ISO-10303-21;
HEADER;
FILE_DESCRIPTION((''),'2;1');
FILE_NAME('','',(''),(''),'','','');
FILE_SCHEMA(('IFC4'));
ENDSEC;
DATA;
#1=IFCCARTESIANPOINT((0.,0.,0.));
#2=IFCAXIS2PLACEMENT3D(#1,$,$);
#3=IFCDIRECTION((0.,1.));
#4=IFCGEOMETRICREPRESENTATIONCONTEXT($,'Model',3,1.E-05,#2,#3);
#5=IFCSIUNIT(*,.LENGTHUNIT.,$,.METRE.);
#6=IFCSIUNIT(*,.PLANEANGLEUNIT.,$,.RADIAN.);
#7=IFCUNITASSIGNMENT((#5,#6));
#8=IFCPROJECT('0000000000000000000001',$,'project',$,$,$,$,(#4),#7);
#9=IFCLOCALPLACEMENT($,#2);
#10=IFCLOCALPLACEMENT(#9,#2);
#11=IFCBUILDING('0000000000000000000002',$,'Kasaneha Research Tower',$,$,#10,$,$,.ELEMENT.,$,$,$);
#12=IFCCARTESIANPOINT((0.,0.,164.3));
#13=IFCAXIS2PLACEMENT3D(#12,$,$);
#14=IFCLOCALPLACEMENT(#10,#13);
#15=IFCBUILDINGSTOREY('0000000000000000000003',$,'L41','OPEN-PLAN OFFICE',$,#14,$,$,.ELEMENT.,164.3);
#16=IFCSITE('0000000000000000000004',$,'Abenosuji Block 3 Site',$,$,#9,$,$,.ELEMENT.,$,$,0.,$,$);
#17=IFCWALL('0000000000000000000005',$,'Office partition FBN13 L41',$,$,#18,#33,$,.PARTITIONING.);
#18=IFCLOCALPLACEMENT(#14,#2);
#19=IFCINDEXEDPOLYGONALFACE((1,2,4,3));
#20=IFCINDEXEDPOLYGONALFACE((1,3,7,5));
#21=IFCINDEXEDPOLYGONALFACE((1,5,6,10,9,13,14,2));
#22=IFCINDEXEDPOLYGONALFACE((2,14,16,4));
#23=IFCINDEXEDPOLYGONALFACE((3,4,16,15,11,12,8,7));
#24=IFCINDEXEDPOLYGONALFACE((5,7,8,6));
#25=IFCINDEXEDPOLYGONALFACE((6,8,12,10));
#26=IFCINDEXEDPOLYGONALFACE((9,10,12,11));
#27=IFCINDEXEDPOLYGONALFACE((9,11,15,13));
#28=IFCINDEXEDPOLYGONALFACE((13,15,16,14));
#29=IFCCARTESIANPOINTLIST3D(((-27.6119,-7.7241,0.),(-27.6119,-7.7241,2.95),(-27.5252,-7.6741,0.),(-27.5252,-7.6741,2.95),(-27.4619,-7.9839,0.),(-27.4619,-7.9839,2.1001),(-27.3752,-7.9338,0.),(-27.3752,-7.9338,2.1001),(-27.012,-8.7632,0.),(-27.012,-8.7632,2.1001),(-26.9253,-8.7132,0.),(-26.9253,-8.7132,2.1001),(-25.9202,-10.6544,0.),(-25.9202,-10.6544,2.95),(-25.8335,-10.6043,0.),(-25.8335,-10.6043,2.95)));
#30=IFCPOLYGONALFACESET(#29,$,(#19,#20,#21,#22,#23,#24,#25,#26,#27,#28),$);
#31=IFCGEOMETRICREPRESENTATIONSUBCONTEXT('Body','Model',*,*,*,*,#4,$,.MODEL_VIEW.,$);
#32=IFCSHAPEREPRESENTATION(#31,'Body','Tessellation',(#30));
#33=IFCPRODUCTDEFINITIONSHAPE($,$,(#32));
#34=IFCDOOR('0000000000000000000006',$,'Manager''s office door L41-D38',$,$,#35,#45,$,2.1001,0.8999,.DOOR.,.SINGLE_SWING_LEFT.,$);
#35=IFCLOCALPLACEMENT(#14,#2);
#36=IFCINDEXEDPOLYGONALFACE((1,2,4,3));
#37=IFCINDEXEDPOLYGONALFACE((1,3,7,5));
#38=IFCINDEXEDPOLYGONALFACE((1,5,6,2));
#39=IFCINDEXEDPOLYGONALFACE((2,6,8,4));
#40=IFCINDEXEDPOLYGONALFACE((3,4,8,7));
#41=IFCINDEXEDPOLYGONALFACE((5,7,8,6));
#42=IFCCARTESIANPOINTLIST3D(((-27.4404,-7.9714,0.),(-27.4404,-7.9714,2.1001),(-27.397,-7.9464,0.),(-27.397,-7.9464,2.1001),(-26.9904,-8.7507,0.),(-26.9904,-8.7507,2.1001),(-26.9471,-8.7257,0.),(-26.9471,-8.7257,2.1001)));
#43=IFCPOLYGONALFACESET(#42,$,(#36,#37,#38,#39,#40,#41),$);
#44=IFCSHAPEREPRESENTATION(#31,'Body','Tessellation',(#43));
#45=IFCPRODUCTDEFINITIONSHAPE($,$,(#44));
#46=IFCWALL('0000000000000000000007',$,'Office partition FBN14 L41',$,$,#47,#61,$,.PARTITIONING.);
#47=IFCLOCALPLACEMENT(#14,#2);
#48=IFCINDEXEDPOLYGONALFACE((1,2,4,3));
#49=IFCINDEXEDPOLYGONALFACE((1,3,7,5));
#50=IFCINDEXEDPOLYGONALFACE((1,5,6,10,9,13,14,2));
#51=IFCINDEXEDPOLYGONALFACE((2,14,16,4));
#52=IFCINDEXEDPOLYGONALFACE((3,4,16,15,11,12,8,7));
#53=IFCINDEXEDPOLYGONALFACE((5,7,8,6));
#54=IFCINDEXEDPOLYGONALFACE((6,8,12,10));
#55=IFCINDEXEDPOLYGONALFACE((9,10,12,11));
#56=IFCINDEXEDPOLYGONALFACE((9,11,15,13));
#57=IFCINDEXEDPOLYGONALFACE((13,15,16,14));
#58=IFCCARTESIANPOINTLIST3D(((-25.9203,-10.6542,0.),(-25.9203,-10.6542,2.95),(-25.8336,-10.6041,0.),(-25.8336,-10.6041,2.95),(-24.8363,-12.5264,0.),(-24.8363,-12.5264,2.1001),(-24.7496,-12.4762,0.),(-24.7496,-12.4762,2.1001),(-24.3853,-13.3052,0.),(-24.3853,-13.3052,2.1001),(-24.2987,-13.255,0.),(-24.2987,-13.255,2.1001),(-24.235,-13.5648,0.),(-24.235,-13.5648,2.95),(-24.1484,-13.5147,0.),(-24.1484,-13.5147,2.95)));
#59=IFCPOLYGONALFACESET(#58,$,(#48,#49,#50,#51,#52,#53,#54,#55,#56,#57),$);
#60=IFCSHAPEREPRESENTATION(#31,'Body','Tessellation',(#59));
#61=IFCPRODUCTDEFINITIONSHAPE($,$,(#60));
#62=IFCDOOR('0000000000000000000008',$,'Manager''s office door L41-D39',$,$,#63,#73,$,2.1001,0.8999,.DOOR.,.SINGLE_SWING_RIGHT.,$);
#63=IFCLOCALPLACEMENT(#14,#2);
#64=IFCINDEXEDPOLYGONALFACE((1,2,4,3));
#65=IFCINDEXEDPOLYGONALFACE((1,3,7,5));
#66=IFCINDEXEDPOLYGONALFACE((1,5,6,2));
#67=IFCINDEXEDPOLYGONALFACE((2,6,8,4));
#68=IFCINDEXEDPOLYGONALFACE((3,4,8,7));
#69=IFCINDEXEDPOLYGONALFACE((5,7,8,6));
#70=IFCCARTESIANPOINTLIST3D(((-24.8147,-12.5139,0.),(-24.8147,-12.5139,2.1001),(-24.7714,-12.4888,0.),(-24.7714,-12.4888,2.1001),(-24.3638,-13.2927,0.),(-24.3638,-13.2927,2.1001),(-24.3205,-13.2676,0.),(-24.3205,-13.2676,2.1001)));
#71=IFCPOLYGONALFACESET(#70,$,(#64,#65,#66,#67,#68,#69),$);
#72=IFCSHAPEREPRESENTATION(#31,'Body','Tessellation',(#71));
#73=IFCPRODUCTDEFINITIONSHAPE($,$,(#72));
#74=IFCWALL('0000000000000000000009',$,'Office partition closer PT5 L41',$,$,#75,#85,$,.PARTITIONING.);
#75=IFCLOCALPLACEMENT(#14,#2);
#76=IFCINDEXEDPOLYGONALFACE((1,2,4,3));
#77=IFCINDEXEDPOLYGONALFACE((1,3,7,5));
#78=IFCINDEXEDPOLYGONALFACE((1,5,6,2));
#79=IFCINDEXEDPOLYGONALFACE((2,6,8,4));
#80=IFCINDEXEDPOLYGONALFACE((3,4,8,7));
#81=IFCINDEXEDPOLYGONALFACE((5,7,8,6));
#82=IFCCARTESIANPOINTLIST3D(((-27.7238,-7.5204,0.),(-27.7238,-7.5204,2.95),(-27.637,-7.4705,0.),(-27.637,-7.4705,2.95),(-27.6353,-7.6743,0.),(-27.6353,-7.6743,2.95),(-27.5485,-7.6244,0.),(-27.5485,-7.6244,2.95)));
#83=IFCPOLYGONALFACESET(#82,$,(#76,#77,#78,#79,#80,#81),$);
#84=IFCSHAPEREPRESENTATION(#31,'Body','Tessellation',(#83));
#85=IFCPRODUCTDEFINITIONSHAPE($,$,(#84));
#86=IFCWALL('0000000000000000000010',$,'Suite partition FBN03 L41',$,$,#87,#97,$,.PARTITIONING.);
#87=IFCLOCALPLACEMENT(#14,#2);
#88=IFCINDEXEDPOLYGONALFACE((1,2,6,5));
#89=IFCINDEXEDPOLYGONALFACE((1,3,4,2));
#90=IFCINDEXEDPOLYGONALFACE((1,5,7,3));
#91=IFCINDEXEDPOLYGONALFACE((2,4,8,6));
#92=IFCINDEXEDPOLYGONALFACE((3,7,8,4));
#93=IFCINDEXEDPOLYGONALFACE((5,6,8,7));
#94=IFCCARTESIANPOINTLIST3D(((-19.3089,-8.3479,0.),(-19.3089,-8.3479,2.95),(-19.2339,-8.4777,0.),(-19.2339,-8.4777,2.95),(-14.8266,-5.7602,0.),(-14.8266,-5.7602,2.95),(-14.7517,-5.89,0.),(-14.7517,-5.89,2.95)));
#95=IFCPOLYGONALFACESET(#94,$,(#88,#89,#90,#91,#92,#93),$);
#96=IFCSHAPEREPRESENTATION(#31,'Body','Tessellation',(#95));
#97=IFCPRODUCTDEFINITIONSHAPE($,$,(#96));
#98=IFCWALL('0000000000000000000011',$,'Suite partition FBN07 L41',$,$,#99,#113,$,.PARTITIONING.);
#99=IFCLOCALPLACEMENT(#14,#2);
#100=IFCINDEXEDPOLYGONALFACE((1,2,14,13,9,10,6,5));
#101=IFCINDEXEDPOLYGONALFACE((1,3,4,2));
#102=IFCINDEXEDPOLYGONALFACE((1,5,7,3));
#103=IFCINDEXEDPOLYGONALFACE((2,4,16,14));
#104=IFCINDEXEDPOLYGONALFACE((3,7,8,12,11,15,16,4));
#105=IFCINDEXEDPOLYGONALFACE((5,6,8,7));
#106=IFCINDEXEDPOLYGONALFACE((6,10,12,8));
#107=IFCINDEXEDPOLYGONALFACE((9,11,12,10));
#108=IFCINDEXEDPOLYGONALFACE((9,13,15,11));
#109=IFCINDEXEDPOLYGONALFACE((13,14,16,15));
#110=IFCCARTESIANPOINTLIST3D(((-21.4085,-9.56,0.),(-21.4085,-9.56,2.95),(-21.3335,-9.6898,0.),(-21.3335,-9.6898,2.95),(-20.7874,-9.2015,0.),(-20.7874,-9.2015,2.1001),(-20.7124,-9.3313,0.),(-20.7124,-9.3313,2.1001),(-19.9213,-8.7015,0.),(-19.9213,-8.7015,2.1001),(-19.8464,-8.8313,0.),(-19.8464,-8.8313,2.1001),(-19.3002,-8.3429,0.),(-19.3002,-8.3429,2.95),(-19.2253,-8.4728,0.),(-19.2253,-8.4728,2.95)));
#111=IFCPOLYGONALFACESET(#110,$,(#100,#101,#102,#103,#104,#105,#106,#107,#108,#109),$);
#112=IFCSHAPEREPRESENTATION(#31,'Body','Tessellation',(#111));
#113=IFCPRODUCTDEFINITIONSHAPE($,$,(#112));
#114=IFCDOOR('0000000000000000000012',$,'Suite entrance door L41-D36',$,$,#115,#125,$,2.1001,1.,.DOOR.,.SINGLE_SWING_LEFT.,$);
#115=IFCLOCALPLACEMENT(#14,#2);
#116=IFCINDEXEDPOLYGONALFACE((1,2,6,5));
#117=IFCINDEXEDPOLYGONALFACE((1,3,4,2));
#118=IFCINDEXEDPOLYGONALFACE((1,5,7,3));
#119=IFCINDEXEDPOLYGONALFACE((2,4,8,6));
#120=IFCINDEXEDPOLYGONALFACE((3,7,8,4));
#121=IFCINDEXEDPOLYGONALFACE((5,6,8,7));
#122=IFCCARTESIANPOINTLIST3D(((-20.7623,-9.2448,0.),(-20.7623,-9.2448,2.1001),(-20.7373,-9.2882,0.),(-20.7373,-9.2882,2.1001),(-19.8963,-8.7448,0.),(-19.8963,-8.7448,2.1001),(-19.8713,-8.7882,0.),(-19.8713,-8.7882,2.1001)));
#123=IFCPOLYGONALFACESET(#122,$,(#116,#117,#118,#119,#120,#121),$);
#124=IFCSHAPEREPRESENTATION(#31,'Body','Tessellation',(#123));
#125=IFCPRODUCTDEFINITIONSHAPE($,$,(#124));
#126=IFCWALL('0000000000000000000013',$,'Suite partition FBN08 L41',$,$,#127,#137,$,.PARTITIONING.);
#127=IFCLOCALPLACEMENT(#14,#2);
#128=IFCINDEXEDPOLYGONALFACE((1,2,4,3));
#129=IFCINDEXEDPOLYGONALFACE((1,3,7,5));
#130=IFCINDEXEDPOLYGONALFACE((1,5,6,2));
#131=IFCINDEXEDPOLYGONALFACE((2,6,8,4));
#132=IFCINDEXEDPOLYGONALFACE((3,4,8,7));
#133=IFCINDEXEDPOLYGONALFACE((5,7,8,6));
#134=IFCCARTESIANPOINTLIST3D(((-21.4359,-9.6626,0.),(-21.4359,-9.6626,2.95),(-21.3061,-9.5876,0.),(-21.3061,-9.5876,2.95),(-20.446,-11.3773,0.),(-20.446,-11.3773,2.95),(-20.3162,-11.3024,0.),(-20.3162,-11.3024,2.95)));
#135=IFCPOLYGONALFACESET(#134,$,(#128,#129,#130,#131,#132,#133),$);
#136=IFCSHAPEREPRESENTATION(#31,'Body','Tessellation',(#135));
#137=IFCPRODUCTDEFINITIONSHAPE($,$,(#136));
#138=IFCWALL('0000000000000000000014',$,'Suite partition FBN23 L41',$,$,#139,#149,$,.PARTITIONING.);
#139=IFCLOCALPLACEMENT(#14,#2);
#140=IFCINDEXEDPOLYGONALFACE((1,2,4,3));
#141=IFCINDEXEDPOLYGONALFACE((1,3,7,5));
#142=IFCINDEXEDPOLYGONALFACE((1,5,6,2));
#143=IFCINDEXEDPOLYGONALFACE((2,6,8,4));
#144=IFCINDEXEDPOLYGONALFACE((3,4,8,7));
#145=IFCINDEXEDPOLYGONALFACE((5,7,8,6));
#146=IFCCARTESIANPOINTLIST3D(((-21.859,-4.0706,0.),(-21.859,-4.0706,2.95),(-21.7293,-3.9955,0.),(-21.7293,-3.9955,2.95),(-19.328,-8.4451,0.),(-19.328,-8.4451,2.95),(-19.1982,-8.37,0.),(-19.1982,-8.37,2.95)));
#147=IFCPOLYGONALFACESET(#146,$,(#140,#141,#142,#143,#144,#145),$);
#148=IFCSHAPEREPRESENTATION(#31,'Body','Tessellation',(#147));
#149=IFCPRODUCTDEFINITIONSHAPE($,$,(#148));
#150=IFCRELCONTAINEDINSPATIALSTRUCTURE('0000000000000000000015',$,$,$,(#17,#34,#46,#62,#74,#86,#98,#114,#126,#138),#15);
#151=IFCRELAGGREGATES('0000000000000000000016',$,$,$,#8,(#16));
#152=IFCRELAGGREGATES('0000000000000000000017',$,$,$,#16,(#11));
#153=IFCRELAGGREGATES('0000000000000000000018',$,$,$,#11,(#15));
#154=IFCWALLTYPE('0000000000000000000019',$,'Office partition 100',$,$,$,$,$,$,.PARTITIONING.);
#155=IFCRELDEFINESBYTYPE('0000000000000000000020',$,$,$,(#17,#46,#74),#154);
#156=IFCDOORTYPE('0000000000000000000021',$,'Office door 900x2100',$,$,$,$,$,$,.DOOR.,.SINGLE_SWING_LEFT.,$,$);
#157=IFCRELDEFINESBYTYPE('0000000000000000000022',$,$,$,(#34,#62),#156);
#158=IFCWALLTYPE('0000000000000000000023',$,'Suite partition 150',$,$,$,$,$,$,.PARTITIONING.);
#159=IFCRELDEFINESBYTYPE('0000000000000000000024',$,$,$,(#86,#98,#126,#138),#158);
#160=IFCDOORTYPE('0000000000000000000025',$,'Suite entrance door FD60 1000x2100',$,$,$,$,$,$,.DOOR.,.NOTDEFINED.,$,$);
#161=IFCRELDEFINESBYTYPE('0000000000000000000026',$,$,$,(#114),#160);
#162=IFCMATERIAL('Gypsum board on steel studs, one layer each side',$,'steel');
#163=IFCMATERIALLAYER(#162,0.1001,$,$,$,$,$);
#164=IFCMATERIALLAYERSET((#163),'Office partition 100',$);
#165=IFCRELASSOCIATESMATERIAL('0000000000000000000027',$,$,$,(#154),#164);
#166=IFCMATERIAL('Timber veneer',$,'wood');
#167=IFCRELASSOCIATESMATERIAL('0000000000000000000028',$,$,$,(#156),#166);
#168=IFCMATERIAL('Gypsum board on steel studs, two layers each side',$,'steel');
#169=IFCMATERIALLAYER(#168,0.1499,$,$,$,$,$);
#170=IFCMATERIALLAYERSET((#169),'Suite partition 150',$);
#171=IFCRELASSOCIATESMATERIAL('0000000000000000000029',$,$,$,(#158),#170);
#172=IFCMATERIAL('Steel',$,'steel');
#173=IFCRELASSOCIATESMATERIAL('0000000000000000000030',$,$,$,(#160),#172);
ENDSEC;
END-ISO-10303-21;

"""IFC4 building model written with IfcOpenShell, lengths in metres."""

from ifc_helpers import new_model, si_unit, direction, frame, frame_2d, origin, place, context, subcontext, project, spatial, rectangle, extrude, material, layer, layer_set, type_object, element, fill, save


model = new_model("IFC4")

# Units and contexts
model_context = context("Model", 3, precision=1e-05, world=origin(), true_north=direction((0.0, 1.0)))
body_context = subcontext(model_context, "Body", "Model", "MODEL_VIEW")
ifc_project = project(units=[si_unit("LENGTHUNIT", "METRE"), si_unit("PLANEANGLEUNIT", "RADIAN")], contexts=[model_context])

# Site, building, storey
site_placement = place(None, origin())
site = spatial("IfcSite", under=ifc_project, at=site_placement, Name="Abenosuji Block 3 Site", CompositionType="ELEMENT", RefElevation=0.0)
building_placement = place(site_placement, origin())
building = spatial("IfcBuilding", under=site, at=building_placement, Name="Kasaneha Research Tower", CompositionType="ELEMENT")
storey_placement = place(building_placement, frame((0.0, 0.0, 164.3)))
storey = spatial("IfcBuildingStorey", under=building, at=storey_placement, Name="L41", Description="OPEN-PLAN OFFICE", CompositionType="ELEMENT", Elevation=164.3)

# Shared definitions
ifc_material_1 = material(Name="Gypsum board on steel studs, one layer each side", Category="steel")
ifc_layer_1 = layer(ifc_material_1, 0.1001)
ifc_layer_set_1 = layer_set([ifc_layer_1], Name="Office partition 100")
wall_type_1 = type_object("IfcWallType", Name="Office partition 100", PredefinedType="PARTITIONING", material=ifc_layer_set_1)

# Shared definitions
ifc_material_2 = material(Name="Timber veneer", Category="wood")
door_type_1 = type_object("IfcDoorType", Name="Office door 900x2100", OperationType="SINGLE_SWING_LEFT", PredefinedType="DOOR", material=ifc_material_2)

# Walls, openings, doors
wall_1_placement = place(storey_placement, frame((-27.5686, -7.699, 0.0), z_axis=(0.0, 0.0, 1.0), x_axis=(0.499981, -0.866037, 0.0)))
wall_1 = element("IfcWall", 1, at=wall_1_placement, inside=storey, type_object=wall_type_1, Name="Office partition FBN13 L41", PredefinedType="PARTITIONING", context=body_context, shape_type="SweptSolid", body=[
    extrude(rectangle(XDim=3.3835, YDim=0.1001, at=frame_2d((1.6919, 0.0))), origin(), (0.0, 0.0, 1.0), 2.95),
])
opening_1_placement = place(wall_1_placement, frame((0.3, 0.0, 0.0)))
opening_1 = element("IfcOpeningElement", 2, at=opening_1_placement, cuts=wall_1, PredefinedType="OPENING", context=body_context, shape_type="SweptSolid", body=[
    extrude(rectangle(XDim=0.8999, YDim=2.1001, at=frame_2d((0.45, 1.05))), frame((0.0, 0.0601, 0.0), z_axis=(0.0, -1.0, 0.0), x_axis=(1.0, 0.0, 0.0)), (0.0, 0.0, 1.0), 0.1201),
])
door_1_placement = place(opening_1_placement, origin())
door_1 = element("IfcDoor", 3, at=door_1_placement, inside=storey, type_object=door_type_1, Name="Manager's office door L41-D38", OperationType="SINGLE_SWING_LEFT", OverallHeight=2.1001, OverallWidth=0.8999, PredefinedType="DOOR", context=body_context, shape_type="SweptSolid", body=[
    extrude(rectangle(XDim=0.8999, YDim=2.1001, at=frame_2d((0.45, 1.05))), frame((0.0, 0.0249, 0.0), z_axis=(0.0, -1.0, 0.0), x_axis=(1.0, 0.0, 0.0)), (0.0, 0.0, 1.0), 0.05),
])
fill(opening_1, door_1)
wall_2_placement = place(storey_placement, frame((-25.877, -10.6292, 0.0), z_axis=(0.0, 0.0, 1.0), x_axis=(0.501079, -0.865401, 0.0)))
wall_2 = element("IfcWall", 4, at=wall_2_placement, inside=storey, type_object=wall_type_1, Name="Office partition FBN14 L41", PredefinedType="PARTITIONING", context=body_context, shape_type="SweptSolid", body=[
    extrude(rectangle(XDim=3.3633, YDim=0.1001, at=frame_2d((1.6816, 0.0))), origin(), (0.0, 0.0, 1.0), 2.95),
])
opening_2_placement = place(wall_2_placement, frame((2.1633, 0.0, 0.0)))
opening_2 = element("IfcOpeningElement", 5, at=opening_2_placement, cuts=wall_2, PredefinedType="OPENING", context=body_context, shape_type="SweptSolid", body=[
    extrude(rectangle(XDim=0.8999, YDim=2.1001, at=frame_2d((0.45, 1.05))), frame((0.0, 0.0601, 0.0), z_axis=(0.0, -1.0, 0.0), x_axis=(1.0, 0.0, 0.0)), (0.0, 0.0, 1.0), 0.1201),
])
door_2_placement = place(opening_2_placement, origin())
door_2 = element("IfcDoor", 6, at=door_2_placement, inside=storey, type_object=door_type_1, Name="Manager's office door L41-D39", OperationType="SINGLE_SWING_RIGHT", OverallHeight=2.1001, OverallWidth=0.8999, PredefinedType="DOOR", context=body_context, shape_type="SweptSolid", body=[
    extrude(rectangle(XDim=0.8999, YDim=2.1001, at=frame_2d((0.45, 1.05))), frame((0.0, 0.0249, 0.0), z_axis=(0.0, -1.0, 0.0), x_axis=(1.0, 0.0, 0.0)), (0.0, 0.0, 1.0), 0.05),
])
fill(opening_2, door_2)

# Walls
wall_3_placement = place(storey_placement, frame((-27.6804, -7.4954, 0.0), z_axis=(0.0, 0.0, 1.0), x_axis=(0.498213, -0.867055, 0.0)))
element("IfcWall", 7, at=wall_3_placement, inside=storey, type_object=wall_type_1, Name="Office partition closer PT5 L41", PredefinedType="PARTITIONING", context=body_context, shape_type="SweptSolid", body=[
    extrude(rectangle(XDim=0.1775, YDim=0.1001, at=frame_2d((0.0889, 0.0))), origin(), (0.0, 0.0, 1.0), 2.95),
])
ifc_material_3 = material(Name="Gypsum board on steel studs, two layers each side", Category="steel")
ifc_layer_2 = layer(ifc_material_3, 0.1499)
ifc_layer_set_2 = layer_set([ifc_layer_2], Name="Suite partition 150")
wall_type_2 = type_object("IfcWallType", Name="Suite partition 150", PredefinedType="PARTITIONING", material=ifc_layer_set_2)
wall_4_placement = place(storey_placement, frame((-19.2715, -8.4128, 0.0), z_axis=(0.0, 0.0, 1.0), x_axis=(0.866037, 0.49998, 0.0)))
element("IfcWall", 8, at=wall_4_placement, inside=storey, type_object=wall_type_2, Name="Suite partition FBN03 L41", PredefinedType="PARTITIONING", context=body_context, shape_type="SweptSolid", body=[
    extrude(rectangle(XDim=5.1755, YDim=0.1499, at=frame_2d((2.5879, 0.0))), origin(), (0.0, 0.0, 1.0), 2.95),
])

# Wall, opening, door
wall_5_placement = place(storey_placement, frame((-21.3711, -9.625, 0.0), z_axis=(0.0, 0.0, 1.0), x_axis=(0.866044, 0.499968, 0.0)))
wall_5 = element("IfcWall", 9, at=wall_5_placement, inside=storey, type_object=wall_type_2, Name="Suite partition FBN07 L41", PredefinedType="PARTITIONING", context=body_context, shape_type="SweptSolid", body=[
    extrude(rectangle(XDim=2.4343, YDim=0.1499, at=frame_2d((1.2173, 0.0))), origin(), (0.0, 0.0, 1.0), 2.95),
])
opening_3_placement = place(wall_5_placement, frame((0.7173, 0.0, 0.0)))
opening_3 = element("IfcOpeningElement", 10, at=opening_3_placement, cuts=wall_5, PredefinedType="OPENING", context=body_context, shape_type="SweptSolid", body=[
    extrude(rectangle(XDim=1.0, YDim=2.1001, at=frame_2d((0.5, 1.05))), frame((0.0, 0.085, 0.0), z_axis=(0.0, -1.0, 0.0), x_axis=(1.0, 0.0, 0.0)), (0.0, 0.0, 1.0), 0.1699),
])
ifc_material_4 = material(Name="Steel", Category="steel")
door_type_2 = type_object("IfcDoorType", Name="Suite entrance door FD60 1000x2100", OperationType="NOTDEFINED", PredefinedType="DOOR", material=ifc_material_4)
door_3_placement = place(opening_3_placement, origin())
door_3 = element("IfcDoor", 11, at=door_3_placement, inside=storey, type_object=door_type_2, Name="Suite entrance door L41-D36", OperationType="SINGLE_SWING_LEFT", OverallHeight=2.1001, OverallWidth=1.0, PredefinedType="DOOR", context=body_context, shape_type="SweptSolid", body=[
    extrude(rectangle(XDim=1.0, YDim=2.1001, at=frame_2d((0.5, 1.05))), frame((0.0, 0.0249, 0.0), z_axis=(0.0, -1.0, 0.0), x_axis=(1.0, 0.0, 0.0)), (0.0, 0.0, 1.0), 0.05),
])
fill(opening_3, door_3)

# Walls
wall_6_placement = place(storey_placement, frame((-20.3811, -11.3398, 0.0), z_axis=(0.0, 0.0, 1.0), x_axis=(-0.499971, 0.866042, 0.0)))
element("IfcWall", 12, at=wall_6_placement, inside=storey, type_object=wall_type_2, Name="Suite partition FBN08 L41", PredefinedType="PARTITIONING", context=body_context, shape_type="SweptSolid", body=[
    extrude(rectangle(XDim=1.98, YDim=0.1499, at=frame_2d((0.99, 0.0))), origin(), (0.0, 0.0, 1.0), 2.95),
])
wall_7_placement = place(storey_placement, frame((-19.2632, -8.4075, 0.0), z_axis=(0.0, 0.0, 1.0), x_axis=(-0.500798, 0.865564, 0.0)))
element("IfcWall", 13, at=wall_7_placement, inside=storey, type_object=wall_type_2, Name="Suite partition FBN23 L41", PredefinedType="PARTITIONING", context=body_context, shape_type="SweptSolid", body=[
    extrude(rectangle(XDim=5.054, YDim=0.1499, at=frame_2d((2.5269, 0.0))), origin(), (0.0, 0.0, 1.0), 2.95),
])

save(model, "model.ifc")
